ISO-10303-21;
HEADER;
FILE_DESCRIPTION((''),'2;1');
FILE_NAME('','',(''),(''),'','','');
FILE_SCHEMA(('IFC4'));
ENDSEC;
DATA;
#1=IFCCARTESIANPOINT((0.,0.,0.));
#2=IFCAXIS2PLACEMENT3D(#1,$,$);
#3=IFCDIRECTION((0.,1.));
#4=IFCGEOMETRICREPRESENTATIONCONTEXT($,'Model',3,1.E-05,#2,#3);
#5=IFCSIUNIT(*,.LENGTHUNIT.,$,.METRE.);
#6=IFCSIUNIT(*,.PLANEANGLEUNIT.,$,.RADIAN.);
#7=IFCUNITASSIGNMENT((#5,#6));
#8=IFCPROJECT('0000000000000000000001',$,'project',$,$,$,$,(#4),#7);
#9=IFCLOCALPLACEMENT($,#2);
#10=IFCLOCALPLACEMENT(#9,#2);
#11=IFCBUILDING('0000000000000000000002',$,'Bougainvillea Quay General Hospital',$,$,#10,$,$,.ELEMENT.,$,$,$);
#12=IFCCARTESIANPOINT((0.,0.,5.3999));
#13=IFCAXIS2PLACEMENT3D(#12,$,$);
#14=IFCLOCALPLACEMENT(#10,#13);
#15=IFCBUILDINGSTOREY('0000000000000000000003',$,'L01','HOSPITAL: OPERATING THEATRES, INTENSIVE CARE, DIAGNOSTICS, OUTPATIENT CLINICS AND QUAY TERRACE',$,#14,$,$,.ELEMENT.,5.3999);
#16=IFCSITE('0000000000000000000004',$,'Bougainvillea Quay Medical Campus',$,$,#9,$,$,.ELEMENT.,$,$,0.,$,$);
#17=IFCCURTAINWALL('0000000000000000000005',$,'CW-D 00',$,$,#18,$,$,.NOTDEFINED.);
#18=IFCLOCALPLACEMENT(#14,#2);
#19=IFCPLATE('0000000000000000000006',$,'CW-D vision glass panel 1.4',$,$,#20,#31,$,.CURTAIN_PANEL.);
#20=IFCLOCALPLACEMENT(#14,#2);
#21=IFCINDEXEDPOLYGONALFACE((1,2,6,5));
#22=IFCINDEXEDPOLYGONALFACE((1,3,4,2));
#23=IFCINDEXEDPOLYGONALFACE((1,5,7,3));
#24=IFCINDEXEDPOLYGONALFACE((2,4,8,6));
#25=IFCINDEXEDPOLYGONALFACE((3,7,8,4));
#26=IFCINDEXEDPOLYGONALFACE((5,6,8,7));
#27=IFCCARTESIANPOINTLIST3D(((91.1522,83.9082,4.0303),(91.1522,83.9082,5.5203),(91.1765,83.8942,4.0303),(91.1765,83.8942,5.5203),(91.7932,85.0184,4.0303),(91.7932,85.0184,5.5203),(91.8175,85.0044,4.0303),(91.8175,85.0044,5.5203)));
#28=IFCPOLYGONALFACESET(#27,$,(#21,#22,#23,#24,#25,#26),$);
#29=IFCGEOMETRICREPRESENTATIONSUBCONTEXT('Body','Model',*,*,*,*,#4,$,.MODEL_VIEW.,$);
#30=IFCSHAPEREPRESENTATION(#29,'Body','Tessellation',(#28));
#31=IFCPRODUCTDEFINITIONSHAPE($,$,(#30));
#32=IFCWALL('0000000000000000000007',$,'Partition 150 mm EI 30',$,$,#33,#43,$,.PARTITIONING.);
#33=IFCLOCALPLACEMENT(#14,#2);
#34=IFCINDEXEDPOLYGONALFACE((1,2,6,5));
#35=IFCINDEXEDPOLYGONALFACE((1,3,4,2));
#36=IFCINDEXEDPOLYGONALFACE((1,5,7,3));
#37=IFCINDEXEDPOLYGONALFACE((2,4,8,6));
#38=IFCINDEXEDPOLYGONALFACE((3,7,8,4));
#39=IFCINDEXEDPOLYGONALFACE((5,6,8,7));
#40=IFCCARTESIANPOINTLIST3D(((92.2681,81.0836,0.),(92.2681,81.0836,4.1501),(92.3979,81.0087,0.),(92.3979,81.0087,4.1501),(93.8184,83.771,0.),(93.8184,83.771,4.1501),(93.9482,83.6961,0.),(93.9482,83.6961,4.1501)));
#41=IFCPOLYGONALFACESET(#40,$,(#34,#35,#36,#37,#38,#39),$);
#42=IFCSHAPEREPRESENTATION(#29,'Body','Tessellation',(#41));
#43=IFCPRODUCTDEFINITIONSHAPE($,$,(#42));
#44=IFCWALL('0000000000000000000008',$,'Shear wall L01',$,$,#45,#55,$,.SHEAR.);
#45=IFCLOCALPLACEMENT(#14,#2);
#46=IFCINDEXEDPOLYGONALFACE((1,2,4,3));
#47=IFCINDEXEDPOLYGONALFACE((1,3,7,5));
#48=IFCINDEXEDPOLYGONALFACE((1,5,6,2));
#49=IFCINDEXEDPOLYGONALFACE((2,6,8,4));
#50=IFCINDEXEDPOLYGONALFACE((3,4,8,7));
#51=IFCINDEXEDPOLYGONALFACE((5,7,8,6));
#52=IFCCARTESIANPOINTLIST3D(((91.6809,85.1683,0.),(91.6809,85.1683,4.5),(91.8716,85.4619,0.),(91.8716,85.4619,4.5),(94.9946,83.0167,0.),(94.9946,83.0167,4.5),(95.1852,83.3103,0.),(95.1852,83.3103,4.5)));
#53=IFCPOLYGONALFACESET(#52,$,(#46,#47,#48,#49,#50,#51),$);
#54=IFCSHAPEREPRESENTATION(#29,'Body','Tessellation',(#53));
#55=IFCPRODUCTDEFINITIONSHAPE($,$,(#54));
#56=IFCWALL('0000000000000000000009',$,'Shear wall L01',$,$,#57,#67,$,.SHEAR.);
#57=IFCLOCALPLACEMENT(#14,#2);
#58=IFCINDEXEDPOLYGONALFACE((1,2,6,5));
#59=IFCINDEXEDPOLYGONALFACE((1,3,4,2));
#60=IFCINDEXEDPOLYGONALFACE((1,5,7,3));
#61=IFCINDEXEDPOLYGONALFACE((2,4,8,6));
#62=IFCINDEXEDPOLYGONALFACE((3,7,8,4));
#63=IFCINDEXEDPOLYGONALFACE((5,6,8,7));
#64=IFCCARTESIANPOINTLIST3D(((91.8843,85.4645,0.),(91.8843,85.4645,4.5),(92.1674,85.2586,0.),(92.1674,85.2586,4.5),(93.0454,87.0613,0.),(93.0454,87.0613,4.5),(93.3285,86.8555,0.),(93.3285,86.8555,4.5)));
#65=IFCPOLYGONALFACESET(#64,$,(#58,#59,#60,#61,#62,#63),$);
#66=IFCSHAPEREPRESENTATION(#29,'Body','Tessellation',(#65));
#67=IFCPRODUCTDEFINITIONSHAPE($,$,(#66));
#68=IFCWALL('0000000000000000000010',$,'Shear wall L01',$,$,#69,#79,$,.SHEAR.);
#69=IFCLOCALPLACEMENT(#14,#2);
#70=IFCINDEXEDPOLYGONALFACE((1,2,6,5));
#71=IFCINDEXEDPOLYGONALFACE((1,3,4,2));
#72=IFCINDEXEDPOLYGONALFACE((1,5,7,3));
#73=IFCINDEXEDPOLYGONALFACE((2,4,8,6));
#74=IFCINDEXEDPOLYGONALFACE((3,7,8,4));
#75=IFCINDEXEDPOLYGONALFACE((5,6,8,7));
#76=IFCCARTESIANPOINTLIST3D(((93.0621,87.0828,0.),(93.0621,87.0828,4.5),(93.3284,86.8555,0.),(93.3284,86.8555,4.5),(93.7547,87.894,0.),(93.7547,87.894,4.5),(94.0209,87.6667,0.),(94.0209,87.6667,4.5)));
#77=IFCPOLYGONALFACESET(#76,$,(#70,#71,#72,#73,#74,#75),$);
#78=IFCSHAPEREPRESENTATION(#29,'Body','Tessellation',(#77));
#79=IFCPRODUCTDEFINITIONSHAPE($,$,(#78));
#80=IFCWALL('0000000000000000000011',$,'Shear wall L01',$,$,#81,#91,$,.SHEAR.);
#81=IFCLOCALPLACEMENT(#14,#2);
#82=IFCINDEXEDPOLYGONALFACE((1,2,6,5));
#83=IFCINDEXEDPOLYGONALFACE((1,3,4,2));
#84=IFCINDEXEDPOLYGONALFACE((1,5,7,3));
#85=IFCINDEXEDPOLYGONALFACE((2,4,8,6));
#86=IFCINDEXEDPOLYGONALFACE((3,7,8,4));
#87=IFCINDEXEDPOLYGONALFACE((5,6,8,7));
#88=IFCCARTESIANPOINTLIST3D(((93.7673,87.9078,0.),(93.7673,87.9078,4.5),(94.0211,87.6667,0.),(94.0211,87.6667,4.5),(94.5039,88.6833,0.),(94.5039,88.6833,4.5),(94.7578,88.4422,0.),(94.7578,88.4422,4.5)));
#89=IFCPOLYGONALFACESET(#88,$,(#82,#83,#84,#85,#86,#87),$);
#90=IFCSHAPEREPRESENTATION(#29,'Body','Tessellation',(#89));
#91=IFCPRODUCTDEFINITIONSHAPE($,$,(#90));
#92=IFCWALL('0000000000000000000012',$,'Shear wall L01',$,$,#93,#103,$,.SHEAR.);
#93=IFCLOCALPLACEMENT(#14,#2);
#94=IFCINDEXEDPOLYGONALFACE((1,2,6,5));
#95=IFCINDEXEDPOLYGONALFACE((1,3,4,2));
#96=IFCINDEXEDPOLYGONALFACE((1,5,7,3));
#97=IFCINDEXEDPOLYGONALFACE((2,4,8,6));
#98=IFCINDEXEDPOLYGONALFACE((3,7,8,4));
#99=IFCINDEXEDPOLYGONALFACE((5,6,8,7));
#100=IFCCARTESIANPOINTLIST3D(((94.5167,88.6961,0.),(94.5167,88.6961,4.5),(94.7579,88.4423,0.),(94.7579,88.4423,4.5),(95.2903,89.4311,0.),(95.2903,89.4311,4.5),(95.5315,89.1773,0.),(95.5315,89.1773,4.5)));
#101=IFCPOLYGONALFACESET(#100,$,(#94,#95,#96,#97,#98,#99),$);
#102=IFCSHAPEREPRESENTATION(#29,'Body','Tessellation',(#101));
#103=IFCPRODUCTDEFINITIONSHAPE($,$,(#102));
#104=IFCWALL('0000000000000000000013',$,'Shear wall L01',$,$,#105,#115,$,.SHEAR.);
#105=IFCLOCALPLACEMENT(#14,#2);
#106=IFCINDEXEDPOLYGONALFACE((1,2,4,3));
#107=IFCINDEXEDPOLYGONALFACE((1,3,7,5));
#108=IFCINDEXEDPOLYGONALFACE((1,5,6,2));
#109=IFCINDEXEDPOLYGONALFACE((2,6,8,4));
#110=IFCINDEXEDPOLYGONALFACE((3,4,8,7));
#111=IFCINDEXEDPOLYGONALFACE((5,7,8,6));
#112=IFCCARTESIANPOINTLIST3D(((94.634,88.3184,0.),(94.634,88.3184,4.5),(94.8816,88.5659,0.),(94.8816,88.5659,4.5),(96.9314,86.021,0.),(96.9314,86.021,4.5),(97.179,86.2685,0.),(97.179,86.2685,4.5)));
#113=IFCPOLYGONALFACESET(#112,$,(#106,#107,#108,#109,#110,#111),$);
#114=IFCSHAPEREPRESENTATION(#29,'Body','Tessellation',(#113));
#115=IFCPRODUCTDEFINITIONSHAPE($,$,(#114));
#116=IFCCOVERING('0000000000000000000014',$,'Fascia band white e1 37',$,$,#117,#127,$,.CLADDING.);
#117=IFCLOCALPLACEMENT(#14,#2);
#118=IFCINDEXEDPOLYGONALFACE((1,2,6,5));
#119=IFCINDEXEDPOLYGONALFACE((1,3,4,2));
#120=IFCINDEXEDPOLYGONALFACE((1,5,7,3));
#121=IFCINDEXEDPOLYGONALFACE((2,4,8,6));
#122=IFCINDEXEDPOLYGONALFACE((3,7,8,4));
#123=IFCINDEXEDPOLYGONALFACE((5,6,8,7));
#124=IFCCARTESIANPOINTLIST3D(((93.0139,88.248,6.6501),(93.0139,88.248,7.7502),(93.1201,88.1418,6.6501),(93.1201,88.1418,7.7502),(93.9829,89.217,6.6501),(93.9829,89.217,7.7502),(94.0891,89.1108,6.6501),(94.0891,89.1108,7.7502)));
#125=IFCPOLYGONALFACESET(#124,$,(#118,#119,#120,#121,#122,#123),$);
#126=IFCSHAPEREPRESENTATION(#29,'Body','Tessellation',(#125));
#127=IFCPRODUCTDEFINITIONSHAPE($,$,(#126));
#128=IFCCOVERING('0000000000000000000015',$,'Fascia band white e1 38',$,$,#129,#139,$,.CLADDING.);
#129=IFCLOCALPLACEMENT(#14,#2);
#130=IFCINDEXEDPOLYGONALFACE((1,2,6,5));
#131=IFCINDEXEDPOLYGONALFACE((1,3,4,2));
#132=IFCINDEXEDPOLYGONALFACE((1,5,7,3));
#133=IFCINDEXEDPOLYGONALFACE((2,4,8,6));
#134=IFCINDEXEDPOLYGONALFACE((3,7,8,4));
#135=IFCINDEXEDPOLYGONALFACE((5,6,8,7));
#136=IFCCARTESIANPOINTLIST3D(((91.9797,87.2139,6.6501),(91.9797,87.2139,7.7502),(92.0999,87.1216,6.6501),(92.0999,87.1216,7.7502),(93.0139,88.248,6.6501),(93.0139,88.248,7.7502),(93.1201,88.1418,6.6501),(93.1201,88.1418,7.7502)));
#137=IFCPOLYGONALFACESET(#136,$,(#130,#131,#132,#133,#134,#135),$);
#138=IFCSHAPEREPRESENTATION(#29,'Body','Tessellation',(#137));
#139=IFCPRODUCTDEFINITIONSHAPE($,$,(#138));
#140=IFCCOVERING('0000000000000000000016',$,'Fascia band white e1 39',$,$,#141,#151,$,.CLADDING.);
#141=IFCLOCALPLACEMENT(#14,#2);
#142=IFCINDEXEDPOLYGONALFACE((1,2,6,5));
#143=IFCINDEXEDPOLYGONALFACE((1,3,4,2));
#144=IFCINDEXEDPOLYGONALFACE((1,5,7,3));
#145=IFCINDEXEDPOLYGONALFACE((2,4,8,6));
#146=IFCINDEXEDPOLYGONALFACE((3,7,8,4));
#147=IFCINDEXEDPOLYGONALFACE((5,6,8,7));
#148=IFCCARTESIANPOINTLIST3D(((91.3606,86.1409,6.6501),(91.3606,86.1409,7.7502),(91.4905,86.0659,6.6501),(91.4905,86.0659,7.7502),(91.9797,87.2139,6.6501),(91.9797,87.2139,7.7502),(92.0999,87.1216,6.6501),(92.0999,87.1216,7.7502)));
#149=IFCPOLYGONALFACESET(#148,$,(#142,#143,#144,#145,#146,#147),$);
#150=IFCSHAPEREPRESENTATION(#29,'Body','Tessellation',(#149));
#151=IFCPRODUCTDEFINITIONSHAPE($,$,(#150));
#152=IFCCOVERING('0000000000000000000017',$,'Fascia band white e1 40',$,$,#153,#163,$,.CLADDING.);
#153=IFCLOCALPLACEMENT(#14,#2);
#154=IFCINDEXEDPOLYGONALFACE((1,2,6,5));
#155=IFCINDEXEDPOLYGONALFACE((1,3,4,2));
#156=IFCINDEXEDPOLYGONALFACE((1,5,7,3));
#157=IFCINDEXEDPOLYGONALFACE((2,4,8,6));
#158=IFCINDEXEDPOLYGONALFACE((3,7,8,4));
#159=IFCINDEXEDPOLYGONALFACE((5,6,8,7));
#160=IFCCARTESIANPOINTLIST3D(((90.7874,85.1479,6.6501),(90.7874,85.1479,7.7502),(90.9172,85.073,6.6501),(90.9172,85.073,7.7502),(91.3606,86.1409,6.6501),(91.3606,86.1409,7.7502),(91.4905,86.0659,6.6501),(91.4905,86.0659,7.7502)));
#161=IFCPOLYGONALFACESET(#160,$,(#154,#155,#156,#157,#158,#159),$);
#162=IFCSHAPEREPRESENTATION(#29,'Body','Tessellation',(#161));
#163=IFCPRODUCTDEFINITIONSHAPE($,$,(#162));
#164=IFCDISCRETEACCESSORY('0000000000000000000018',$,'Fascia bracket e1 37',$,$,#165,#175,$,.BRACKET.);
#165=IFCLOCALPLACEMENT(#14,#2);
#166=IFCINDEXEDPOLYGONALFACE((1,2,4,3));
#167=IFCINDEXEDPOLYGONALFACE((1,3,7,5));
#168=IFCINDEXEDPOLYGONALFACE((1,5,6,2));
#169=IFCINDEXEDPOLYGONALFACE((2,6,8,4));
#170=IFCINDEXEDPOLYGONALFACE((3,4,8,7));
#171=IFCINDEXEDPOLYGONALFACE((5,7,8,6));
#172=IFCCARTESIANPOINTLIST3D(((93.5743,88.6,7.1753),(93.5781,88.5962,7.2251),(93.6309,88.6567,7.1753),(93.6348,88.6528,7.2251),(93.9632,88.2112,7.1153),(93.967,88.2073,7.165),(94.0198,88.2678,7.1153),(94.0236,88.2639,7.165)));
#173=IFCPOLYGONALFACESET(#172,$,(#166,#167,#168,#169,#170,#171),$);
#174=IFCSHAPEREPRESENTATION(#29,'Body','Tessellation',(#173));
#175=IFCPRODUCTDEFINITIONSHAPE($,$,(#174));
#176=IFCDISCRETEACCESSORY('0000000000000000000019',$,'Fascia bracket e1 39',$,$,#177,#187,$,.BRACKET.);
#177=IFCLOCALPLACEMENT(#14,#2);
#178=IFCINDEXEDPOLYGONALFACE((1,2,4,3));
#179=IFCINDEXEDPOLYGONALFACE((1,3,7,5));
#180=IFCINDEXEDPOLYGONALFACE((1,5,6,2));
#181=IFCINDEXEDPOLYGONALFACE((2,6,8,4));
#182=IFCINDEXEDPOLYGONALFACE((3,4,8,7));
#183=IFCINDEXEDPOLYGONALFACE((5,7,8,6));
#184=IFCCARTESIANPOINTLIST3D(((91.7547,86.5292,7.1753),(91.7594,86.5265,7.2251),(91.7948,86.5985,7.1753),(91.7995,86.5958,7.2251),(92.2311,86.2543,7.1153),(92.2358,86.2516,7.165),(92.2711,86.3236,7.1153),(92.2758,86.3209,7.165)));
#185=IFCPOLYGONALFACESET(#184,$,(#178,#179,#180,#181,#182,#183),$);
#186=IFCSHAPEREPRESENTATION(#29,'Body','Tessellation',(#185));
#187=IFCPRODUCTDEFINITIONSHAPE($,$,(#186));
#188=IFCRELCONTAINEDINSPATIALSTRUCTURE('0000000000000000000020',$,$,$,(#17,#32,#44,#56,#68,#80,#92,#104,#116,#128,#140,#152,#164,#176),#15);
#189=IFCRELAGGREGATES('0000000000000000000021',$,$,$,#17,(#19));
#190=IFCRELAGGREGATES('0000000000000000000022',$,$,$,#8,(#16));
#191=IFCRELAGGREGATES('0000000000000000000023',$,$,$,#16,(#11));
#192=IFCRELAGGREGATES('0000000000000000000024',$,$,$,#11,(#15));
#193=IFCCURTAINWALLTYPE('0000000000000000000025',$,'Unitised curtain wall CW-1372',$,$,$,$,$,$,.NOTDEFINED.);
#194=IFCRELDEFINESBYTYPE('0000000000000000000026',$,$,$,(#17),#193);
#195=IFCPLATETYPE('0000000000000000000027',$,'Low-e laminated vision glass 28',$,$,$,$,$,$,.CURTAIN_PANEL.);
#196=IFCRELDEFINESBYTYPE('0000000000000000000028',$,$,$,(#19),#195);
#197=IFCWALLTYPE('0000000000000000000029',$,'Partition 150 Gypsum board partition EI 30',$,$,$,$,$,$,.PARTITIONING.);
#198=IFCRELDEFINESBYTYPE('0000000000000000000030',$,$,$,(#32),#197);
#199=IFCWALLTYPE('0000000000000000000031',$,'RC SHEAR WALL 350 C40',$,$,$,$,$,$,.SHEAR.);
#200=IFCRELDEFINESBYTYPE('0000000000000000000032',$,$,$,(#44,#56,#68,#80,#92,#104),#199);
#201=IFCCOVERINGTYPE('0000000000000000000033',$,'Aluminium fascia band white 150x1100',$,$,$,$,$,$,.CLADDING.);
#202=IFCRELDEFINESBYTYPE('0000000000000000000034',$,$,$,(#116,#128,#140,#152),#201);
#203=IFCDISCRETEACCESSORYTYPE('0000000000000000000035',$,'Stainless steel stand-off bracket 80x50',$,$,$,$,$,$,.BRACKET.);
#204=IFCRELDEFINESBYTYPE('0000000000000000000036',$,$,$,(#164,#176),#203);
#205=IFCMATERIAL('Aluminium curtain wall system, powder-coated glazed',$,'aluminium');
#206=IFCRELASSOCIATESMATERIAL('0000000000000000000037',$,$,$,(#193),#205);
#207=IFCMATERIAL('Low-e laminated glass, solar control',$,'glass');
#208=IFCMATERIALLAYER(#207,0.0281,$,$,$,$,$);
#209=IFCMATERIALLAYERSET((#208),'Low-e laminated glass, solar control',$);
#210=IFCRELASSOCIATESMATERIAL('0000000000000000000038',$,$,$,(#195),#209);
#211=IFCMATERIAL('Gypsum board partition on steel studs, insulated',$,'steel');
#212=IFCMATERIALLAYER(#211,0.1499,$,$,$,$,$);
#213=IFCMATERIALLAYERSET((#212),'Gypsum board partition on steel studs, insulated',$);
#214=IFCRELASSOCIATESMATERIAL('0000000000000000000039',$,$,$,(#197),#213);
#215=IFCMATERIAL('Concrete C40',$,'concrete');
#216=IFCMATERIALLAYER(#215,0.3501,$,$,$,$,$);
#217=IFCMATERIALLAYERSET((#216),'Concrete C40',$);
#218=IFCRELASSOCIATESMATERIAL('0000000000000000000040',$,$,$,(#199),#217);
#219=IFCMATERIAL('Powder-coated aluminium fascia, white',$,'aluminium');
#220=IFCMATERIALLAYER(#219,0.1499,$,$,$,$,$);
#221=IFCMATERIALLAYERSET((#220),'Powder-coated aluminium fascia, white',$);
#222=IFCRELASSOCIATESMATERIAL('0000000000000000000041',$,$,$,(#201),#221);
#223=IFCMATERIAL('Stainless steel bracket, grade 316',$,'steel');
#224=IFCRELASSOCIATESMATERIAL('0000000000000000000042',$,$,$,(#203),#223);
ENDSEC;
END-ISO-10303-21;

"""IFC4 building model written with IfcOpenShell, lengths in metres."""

from ifc_helpers import new_model, si_unit, direction, frame, frame_2d, origin, origin_2d, place, context, subcontext, project, spatial, polyline, rectangle, outline, extrude, material, layer, layer_set, material_profile, profile_set, type_object, element, aggregate, save


model = new_model("IFC4")

# Units and contexts
model_context = context("Model", 3, precision=1e-05, world=origin(), true_north=direction((0.0, 1.0)))
body_context = subcontext(model_context, "Body", "Model", "MODEL_VIEW")
ifc_project = project(units=[si_unit("LENGTHUNIT", "METRE"), si_unit("PLANEANGLEUNIT", "RADIAN")], contexts=[model_context])

# Site, building, storey
site_placement = place(None, origin())
site = spatial("IfcSite", under=ifc_project, at=site_placement, Name="Bougainvillea Quay Medical Campus", CompositionType="ELEMENT", RefElevation=0.0)
building_placement = place(site_placement, origin())
building = spatial("IfcBuilding", under=site, at=building_placement, Name="Bougainvillea Quay General Hospital", CompositionType="ELEMENT")
storey_placement = place(building_placement, frame((0.0, 0.0, 5.3999)))
storey = spatial("IfcBuildingStorey", under=building, at=storey_placement, Name="L01", Description="HOSPITAL: OPERATING THEATRES, INTENSIVE CARE, DIAGNOSTICS, OUTPATIENT CLINICS AND QUAY TERRACE", CompositionType="ELEMENT", Elevation=5.3999)

# Shared definitions
ifc_material_1 = material(Name="Aluminium curtain wall system, powder-coated glazed", Category="aluminium")

# Curtain wall
curtain_wall_type_1 = type_object("IfcCurtainWallType", Name="Unitised curtain wall CW-1372", PredefinedType="NOTDEFINED", material=ifc_material_1)
curtain_wall_1_placement = place(storey_placement, origin())
curtain_wall_1 = element("IfcCurtainWall", 1, at=curtain_wall_1_placement, inside=storey, type_object=curtain_wall_type_1, Name="CW-D 00", PredefinedType="NOTDEFINED")

# Shared definitions
ifc_material_2 = material(Name="Concrete C40", Category="concrete")

# Plate
ifc_material_3 = material(Name="Low-e laminated glass, solar control", Category="glass")
ifc_layer_1 = layer(ifc_material_3, 0.0281)
ifc_layer_set_1 = layer_set([ifc_layer_1], Name="Low-e laminated glass, solar control")
plate_type_1 = type_object("IfcPlateType", Name="Low-e laminated vision glass 28", PredefinedType="CURTAIN_PANEL", material=ifc_layer_set_1)
plate_1_placement = place(storey_placement, frame((91.4849, 84.4563, 4.0303), z_axis=(0.0, 0.0, 1.0), x_axis=(-0.499962, -0.866048, 0.0)))
plate_1 = element("IfcPlate", 2, at=plate_1_placement, type_object=plate_type_1, Name="CW-D vision glass panel 1.4", PredefinedType="CURTAIN_PANEL", context=body_context, shape_type="SweptSolid", body=[
    extrude(rectangle(XDim=1.282, YDim=0.0281, at=origin_2d()), origin(), (0.0, 0.0, 1.0), 1.49),
])
aggregate(curtain_wall_1, [plate_1])

# Walls
ifc_material_4 = material(Name="Gypsum board partition on steel studs, insulated", Category="steel")
ifc_layer_2 = layer(ifc_material_4, 0.1499)
ifc_layer_set_2 = layer_set([ifc_layer_2], Name="Gypsum board partition on steel studs, insulated")
wall_type_1 = type_object("IfcWallType", Name="Partition 150 Gypsum board partition EI 30", PredefinedType="PARTITIONING", material=ifc_layer_set_2)
wall_1_placement = place(storey_placement, frame((92.333, 81.0461, 0.0), z_axis=(0.0, 0.0, 1.0), x_axis=(0.499677, 0.866212, 0.0)))
element("IfcWall", 3, at=wall_1_placement, inside=storey, type_object=wall_type_1, Name="Partition 150 mm EI 30", PredefinedType="PARTITIONING", context=body_context, shape_type="SweptSolid", body=[
    extrude(rectangle(XDim=3.1025, YDim=0.1499, at=frame_2d((1.5513, 0.0))), origin(), (0.0, 0.0, 1.0), 4.1501),
])
ifc_layer_3 = layer(ifc_material_2, 0.3501)
ifc_layer_set_3 = layer_set([ifc_layer_3], Name="Concrete C40")
wall_type_2 = type_object("IfcWallType", Name="RC SHEAR WALL 350 C40", PredefinedType="SHEAR", material=ifc_layer_set_3)
wall_2_placement = place(storey_placement, frame((91.7761, 85.3152, 0.0), z_axis=(0.0, 0.0, 1.0), x_axis=(0.83871, -0.544578, 0.0)))
element("IfcWall", 4, at=wall_2_placement, inside=storey, type_object=wall_type_2, Name="Shear wall L01", PredefinedType="SHEAR", context=body_context, shape_type="SweptSolid", body=[
    extrude(rectangle(XDim=3.9509, YDim=0.3501, at=frame_2d((1.9756, 0.0))), origin(), (0.0, 0.0, 1.0), 4.5),
])
wall_3_placement = place(storey_placement, frame((93.187, 86.9585, 0.0), z_axis=(0.0, 0.0, 1.0), x_axis=(-0.588083, -0.8088, 0.0)))
element("IfcWall", 5, at=wall_3_placement, inside=storey, type_object=wall_type_2, Name="Shear wall L01", PredefinedType="SHEAR", context=body_context, shape_type="SweptSolid", body=[
    extrude(rectangle(XDim=1.9744, YDim=0.3501, at=frame_2d((0.9873, 0.0))), origin(), (0.0, 0.0, 1.0), 4.5),
])
wall_4_placement = place(storey_placement, frame((93.1953, 86.9692, 0.0), z_axis=(0.0, 0.0, 1.0), x_axis=(0.649301, 0.760531, 0.0)))
element("IfcWall", 6, at=wall_4_placement, inside=storey, type_object=wall_type_2, Name="Shear wall L01", PredefinedType="SHEAR", context=body_context, shape_type="SweptSolid", body=[
    extrude(rectangle(XDim=1.0667, YDim=0.3501, at=frame_2d((0.5332, 0.0))), origin(), (0.0, 0.0, 1.0), 4.5),
])
wall_5_placement = place(storey_placement, frame((93.8943, 87.7874, 0.0), z_axis=(0.0, 0.0, 1.0), x_axis=(0.688725, 0.725022, 0.0)))
element("IfcWall", 7, at=wall_5_placement, inside=storey, type_object=wall_type_2, Name="Shear wall L01", PredefinedType="SHEAR", context=body_context, shape_type="SweptSolid", body=[
    extrude(rectangle(XDim=1.0696, YDim=0.3501, at=frame_2d((0.5347, 0.0))), origin(), (0.0, 0.0, 1.0), 4.5),
])
wall_6_placement = place(storey_placement, frame((94.6372, 88.5691, 0.0), z_axis=(0.0, 0.0, 1.0), x_axis=(0.724948, 0.688804, 0.0)))
element("IfcWall", 8, at=wall_6_placement, inside=storey, type_object=wall_type_2, Name="Shear wall L01", PredefinedType="SHEAR", context=body_context, shape_type="SweptSolid", body=[
    extrude(rectangle(XDim=1.0671, YDim=0.3501, at=frame_2d((0.5337, 0.0))), origin(), (0.0, 0.0, 1.0), 4.5),
])
wall_7_placement = place(storey_placement, frame((94.7578, 88.4421, 0.0), z_axis=(0.0, 0.0, 1.0), x_axis=(0.707107, -0.707107, 0.0)))
element("IfcWall", 9, at=wall_7_placement, inside=storey, type_object=wall_type_2, Name="Shear wall L01", PredefinedType="SHEAR", context=body_context, shape_type="SweptSolid", body=[
    extrude(rectangle(XDim=3.249, YDim=0.3501, at=frame_2d((1.6245, 0.0))), origin(), (0.0, 0.0, 1.0), 4.5),
])

# Coverings
ifc_material_5 = material(Name="Powder-coated aluminium fascia, white", Category="aluminium")
ifc_layer_4 = layer(ifc_material_5, 0.1499)
ifc_layer_set_4 = layer_set([ifc_layer_4], Name="Powder-coated aluminium fascia, white")
covering_type = type_object("IfcCoveringType", Name="Aluminium fascia band white 150x1100", PredefinedType="CLADDING", material=ifc_layer_set_4)
covering_1_placement = place(storey_placement, frame((94.0891, 89.1108, 6.6501), z_axis=(0.0, 0.0, 1.0), x_axis=(-0.707107, -0.707107, 0.0)))
element("IfcCovering", 10, at=covering_1_placement, inside=storey, type_object=covering_type, Name="Fascia band white e1 37", PredefinedType="CLADDING", context=body_context, shape_type="SweptSolid", body=[
    extrude(outline(polyline([(0.0, 0.0), (1.3704, 0.0), (1.3704, -0.1502), (0.0, -0.1502), (0.0, 0.0)])), origin(), (0.0, 0.0, 1.0), 1.1001),
])
covering_2_placement = place(storey_placement, frame((93.1201, 88.1418, 6.6501), z_axis=(0.0, 0.0, 1.0), x_axis=(-0.707107, -0.707107, 0.0)))
element("IfcCovering", 11, at=covering_2_placement, inside=storey, type_object=covering_type, Name="Fascia band white e1 38", PredefinedType="CLADDING", context=body_context, shape_type="SweptSolid", body=[
    extrude(outline(polyline([(0.0, 0.0), (1.4429, 0.0), (1.4626, -0.1502), (0.0, -0.1502), (0.0, 0.0)])), origin(), (0.0, 0.0, 1.0), 1.1001),
])
covering_3_placement = place(storey_placement, frame((92.0999, 87.1216, 6.6501), z_axis=(0.0, 0.0, 1.0), x_axis=(-0.499931, -0.866066, 0.0)))
element("IfcCovering", 12, at=covering_3_placement, inside=storey, type_object=covering_type, Name="Fascia band white e1 39", PredefinedType="CLADDING", context=body_context, shape_type="SweptSolid", body=[
    extrude(outline(polyline([(0.0, 0.0), (1.2189, 0.0), (1.2189, -0.15), (-0.0199, -0.1502), (0.0, 0.0)])), origin(), (0.0, 0.0, 1.0), 1.1001),
])
covering_4_placement = place(storey_placement, frame((91.4905, 86.0659, 6.6501), z_axis=(0.0, 0.0, 1.0), x_axis=(-0.499987, -0.866033, 0.0)))
element("IfcCovering", 13, at=covering_4_placement, inside=storey, type_object=covering_type, Name="Fascia band white e1 40", PredefinedType="CLADDING", context=body_context, shape_type="SweptSolid", body=[
    extrude(outline(polyline([(0.0, 0.0), (1.1465, 0.0), (1.1465, -0.15), (0.0, -0.15), (0.0, 0.0)])), origin(), (0.0, 0.0, 1.0), 1.1001),
])

# Discrete accessories
ifc_material_6 = material(Name="Stainless steel bracket, grade 316", Category="steel")
ifc_material_profile_1 = material_profile(ifc_material_6, rectangle(XDim=0.0801, YDim=0.05, at=origin_2d()))
ifc_profile_set_1 = profile_set([ifc_material_profile_1], Name="Stainless steel bracket, grade 316")
discrete_accessory_type = type_object("IfcDiscreteAccessoryType", Name="Stainless steel stand-off bracket 80x50", PredefinedType="BRACKET", material=ifc_profile_set_1)
for number, where, z_axis, x_axis, name in (
    (14, (93.9934, 88.2375, 7.1401), (-0.702928, 0.702928, 0.10855), (-0.707107, -0.707107, 0.0), "Fascia bracket e1 37"),
    (15, (92.2534, 86.2876, 7.1401), (-0.860985, 0.496909, 0.108561), (-0.499863, -0.866104, 0.0), "Fascia bracket e1 39"),
):
    element("IfcDiscreteAccessory", number, at=place(storey_placement, frame(where, z_axis=z_axis, x_axis=x_axis)), inside=storey, type_object=discrete_accessory_type, Name=name, PredefinedType="BRACKET", context=body_context, shape_type="SweptSolid", body=[
        extrude(rectangle(XDim=0.0801, YDim=0.05, at=origin_2d()), origin(), (0.0, 0.0, 1.0), 0.5532),
    ])

save(model, "model.ifc")
